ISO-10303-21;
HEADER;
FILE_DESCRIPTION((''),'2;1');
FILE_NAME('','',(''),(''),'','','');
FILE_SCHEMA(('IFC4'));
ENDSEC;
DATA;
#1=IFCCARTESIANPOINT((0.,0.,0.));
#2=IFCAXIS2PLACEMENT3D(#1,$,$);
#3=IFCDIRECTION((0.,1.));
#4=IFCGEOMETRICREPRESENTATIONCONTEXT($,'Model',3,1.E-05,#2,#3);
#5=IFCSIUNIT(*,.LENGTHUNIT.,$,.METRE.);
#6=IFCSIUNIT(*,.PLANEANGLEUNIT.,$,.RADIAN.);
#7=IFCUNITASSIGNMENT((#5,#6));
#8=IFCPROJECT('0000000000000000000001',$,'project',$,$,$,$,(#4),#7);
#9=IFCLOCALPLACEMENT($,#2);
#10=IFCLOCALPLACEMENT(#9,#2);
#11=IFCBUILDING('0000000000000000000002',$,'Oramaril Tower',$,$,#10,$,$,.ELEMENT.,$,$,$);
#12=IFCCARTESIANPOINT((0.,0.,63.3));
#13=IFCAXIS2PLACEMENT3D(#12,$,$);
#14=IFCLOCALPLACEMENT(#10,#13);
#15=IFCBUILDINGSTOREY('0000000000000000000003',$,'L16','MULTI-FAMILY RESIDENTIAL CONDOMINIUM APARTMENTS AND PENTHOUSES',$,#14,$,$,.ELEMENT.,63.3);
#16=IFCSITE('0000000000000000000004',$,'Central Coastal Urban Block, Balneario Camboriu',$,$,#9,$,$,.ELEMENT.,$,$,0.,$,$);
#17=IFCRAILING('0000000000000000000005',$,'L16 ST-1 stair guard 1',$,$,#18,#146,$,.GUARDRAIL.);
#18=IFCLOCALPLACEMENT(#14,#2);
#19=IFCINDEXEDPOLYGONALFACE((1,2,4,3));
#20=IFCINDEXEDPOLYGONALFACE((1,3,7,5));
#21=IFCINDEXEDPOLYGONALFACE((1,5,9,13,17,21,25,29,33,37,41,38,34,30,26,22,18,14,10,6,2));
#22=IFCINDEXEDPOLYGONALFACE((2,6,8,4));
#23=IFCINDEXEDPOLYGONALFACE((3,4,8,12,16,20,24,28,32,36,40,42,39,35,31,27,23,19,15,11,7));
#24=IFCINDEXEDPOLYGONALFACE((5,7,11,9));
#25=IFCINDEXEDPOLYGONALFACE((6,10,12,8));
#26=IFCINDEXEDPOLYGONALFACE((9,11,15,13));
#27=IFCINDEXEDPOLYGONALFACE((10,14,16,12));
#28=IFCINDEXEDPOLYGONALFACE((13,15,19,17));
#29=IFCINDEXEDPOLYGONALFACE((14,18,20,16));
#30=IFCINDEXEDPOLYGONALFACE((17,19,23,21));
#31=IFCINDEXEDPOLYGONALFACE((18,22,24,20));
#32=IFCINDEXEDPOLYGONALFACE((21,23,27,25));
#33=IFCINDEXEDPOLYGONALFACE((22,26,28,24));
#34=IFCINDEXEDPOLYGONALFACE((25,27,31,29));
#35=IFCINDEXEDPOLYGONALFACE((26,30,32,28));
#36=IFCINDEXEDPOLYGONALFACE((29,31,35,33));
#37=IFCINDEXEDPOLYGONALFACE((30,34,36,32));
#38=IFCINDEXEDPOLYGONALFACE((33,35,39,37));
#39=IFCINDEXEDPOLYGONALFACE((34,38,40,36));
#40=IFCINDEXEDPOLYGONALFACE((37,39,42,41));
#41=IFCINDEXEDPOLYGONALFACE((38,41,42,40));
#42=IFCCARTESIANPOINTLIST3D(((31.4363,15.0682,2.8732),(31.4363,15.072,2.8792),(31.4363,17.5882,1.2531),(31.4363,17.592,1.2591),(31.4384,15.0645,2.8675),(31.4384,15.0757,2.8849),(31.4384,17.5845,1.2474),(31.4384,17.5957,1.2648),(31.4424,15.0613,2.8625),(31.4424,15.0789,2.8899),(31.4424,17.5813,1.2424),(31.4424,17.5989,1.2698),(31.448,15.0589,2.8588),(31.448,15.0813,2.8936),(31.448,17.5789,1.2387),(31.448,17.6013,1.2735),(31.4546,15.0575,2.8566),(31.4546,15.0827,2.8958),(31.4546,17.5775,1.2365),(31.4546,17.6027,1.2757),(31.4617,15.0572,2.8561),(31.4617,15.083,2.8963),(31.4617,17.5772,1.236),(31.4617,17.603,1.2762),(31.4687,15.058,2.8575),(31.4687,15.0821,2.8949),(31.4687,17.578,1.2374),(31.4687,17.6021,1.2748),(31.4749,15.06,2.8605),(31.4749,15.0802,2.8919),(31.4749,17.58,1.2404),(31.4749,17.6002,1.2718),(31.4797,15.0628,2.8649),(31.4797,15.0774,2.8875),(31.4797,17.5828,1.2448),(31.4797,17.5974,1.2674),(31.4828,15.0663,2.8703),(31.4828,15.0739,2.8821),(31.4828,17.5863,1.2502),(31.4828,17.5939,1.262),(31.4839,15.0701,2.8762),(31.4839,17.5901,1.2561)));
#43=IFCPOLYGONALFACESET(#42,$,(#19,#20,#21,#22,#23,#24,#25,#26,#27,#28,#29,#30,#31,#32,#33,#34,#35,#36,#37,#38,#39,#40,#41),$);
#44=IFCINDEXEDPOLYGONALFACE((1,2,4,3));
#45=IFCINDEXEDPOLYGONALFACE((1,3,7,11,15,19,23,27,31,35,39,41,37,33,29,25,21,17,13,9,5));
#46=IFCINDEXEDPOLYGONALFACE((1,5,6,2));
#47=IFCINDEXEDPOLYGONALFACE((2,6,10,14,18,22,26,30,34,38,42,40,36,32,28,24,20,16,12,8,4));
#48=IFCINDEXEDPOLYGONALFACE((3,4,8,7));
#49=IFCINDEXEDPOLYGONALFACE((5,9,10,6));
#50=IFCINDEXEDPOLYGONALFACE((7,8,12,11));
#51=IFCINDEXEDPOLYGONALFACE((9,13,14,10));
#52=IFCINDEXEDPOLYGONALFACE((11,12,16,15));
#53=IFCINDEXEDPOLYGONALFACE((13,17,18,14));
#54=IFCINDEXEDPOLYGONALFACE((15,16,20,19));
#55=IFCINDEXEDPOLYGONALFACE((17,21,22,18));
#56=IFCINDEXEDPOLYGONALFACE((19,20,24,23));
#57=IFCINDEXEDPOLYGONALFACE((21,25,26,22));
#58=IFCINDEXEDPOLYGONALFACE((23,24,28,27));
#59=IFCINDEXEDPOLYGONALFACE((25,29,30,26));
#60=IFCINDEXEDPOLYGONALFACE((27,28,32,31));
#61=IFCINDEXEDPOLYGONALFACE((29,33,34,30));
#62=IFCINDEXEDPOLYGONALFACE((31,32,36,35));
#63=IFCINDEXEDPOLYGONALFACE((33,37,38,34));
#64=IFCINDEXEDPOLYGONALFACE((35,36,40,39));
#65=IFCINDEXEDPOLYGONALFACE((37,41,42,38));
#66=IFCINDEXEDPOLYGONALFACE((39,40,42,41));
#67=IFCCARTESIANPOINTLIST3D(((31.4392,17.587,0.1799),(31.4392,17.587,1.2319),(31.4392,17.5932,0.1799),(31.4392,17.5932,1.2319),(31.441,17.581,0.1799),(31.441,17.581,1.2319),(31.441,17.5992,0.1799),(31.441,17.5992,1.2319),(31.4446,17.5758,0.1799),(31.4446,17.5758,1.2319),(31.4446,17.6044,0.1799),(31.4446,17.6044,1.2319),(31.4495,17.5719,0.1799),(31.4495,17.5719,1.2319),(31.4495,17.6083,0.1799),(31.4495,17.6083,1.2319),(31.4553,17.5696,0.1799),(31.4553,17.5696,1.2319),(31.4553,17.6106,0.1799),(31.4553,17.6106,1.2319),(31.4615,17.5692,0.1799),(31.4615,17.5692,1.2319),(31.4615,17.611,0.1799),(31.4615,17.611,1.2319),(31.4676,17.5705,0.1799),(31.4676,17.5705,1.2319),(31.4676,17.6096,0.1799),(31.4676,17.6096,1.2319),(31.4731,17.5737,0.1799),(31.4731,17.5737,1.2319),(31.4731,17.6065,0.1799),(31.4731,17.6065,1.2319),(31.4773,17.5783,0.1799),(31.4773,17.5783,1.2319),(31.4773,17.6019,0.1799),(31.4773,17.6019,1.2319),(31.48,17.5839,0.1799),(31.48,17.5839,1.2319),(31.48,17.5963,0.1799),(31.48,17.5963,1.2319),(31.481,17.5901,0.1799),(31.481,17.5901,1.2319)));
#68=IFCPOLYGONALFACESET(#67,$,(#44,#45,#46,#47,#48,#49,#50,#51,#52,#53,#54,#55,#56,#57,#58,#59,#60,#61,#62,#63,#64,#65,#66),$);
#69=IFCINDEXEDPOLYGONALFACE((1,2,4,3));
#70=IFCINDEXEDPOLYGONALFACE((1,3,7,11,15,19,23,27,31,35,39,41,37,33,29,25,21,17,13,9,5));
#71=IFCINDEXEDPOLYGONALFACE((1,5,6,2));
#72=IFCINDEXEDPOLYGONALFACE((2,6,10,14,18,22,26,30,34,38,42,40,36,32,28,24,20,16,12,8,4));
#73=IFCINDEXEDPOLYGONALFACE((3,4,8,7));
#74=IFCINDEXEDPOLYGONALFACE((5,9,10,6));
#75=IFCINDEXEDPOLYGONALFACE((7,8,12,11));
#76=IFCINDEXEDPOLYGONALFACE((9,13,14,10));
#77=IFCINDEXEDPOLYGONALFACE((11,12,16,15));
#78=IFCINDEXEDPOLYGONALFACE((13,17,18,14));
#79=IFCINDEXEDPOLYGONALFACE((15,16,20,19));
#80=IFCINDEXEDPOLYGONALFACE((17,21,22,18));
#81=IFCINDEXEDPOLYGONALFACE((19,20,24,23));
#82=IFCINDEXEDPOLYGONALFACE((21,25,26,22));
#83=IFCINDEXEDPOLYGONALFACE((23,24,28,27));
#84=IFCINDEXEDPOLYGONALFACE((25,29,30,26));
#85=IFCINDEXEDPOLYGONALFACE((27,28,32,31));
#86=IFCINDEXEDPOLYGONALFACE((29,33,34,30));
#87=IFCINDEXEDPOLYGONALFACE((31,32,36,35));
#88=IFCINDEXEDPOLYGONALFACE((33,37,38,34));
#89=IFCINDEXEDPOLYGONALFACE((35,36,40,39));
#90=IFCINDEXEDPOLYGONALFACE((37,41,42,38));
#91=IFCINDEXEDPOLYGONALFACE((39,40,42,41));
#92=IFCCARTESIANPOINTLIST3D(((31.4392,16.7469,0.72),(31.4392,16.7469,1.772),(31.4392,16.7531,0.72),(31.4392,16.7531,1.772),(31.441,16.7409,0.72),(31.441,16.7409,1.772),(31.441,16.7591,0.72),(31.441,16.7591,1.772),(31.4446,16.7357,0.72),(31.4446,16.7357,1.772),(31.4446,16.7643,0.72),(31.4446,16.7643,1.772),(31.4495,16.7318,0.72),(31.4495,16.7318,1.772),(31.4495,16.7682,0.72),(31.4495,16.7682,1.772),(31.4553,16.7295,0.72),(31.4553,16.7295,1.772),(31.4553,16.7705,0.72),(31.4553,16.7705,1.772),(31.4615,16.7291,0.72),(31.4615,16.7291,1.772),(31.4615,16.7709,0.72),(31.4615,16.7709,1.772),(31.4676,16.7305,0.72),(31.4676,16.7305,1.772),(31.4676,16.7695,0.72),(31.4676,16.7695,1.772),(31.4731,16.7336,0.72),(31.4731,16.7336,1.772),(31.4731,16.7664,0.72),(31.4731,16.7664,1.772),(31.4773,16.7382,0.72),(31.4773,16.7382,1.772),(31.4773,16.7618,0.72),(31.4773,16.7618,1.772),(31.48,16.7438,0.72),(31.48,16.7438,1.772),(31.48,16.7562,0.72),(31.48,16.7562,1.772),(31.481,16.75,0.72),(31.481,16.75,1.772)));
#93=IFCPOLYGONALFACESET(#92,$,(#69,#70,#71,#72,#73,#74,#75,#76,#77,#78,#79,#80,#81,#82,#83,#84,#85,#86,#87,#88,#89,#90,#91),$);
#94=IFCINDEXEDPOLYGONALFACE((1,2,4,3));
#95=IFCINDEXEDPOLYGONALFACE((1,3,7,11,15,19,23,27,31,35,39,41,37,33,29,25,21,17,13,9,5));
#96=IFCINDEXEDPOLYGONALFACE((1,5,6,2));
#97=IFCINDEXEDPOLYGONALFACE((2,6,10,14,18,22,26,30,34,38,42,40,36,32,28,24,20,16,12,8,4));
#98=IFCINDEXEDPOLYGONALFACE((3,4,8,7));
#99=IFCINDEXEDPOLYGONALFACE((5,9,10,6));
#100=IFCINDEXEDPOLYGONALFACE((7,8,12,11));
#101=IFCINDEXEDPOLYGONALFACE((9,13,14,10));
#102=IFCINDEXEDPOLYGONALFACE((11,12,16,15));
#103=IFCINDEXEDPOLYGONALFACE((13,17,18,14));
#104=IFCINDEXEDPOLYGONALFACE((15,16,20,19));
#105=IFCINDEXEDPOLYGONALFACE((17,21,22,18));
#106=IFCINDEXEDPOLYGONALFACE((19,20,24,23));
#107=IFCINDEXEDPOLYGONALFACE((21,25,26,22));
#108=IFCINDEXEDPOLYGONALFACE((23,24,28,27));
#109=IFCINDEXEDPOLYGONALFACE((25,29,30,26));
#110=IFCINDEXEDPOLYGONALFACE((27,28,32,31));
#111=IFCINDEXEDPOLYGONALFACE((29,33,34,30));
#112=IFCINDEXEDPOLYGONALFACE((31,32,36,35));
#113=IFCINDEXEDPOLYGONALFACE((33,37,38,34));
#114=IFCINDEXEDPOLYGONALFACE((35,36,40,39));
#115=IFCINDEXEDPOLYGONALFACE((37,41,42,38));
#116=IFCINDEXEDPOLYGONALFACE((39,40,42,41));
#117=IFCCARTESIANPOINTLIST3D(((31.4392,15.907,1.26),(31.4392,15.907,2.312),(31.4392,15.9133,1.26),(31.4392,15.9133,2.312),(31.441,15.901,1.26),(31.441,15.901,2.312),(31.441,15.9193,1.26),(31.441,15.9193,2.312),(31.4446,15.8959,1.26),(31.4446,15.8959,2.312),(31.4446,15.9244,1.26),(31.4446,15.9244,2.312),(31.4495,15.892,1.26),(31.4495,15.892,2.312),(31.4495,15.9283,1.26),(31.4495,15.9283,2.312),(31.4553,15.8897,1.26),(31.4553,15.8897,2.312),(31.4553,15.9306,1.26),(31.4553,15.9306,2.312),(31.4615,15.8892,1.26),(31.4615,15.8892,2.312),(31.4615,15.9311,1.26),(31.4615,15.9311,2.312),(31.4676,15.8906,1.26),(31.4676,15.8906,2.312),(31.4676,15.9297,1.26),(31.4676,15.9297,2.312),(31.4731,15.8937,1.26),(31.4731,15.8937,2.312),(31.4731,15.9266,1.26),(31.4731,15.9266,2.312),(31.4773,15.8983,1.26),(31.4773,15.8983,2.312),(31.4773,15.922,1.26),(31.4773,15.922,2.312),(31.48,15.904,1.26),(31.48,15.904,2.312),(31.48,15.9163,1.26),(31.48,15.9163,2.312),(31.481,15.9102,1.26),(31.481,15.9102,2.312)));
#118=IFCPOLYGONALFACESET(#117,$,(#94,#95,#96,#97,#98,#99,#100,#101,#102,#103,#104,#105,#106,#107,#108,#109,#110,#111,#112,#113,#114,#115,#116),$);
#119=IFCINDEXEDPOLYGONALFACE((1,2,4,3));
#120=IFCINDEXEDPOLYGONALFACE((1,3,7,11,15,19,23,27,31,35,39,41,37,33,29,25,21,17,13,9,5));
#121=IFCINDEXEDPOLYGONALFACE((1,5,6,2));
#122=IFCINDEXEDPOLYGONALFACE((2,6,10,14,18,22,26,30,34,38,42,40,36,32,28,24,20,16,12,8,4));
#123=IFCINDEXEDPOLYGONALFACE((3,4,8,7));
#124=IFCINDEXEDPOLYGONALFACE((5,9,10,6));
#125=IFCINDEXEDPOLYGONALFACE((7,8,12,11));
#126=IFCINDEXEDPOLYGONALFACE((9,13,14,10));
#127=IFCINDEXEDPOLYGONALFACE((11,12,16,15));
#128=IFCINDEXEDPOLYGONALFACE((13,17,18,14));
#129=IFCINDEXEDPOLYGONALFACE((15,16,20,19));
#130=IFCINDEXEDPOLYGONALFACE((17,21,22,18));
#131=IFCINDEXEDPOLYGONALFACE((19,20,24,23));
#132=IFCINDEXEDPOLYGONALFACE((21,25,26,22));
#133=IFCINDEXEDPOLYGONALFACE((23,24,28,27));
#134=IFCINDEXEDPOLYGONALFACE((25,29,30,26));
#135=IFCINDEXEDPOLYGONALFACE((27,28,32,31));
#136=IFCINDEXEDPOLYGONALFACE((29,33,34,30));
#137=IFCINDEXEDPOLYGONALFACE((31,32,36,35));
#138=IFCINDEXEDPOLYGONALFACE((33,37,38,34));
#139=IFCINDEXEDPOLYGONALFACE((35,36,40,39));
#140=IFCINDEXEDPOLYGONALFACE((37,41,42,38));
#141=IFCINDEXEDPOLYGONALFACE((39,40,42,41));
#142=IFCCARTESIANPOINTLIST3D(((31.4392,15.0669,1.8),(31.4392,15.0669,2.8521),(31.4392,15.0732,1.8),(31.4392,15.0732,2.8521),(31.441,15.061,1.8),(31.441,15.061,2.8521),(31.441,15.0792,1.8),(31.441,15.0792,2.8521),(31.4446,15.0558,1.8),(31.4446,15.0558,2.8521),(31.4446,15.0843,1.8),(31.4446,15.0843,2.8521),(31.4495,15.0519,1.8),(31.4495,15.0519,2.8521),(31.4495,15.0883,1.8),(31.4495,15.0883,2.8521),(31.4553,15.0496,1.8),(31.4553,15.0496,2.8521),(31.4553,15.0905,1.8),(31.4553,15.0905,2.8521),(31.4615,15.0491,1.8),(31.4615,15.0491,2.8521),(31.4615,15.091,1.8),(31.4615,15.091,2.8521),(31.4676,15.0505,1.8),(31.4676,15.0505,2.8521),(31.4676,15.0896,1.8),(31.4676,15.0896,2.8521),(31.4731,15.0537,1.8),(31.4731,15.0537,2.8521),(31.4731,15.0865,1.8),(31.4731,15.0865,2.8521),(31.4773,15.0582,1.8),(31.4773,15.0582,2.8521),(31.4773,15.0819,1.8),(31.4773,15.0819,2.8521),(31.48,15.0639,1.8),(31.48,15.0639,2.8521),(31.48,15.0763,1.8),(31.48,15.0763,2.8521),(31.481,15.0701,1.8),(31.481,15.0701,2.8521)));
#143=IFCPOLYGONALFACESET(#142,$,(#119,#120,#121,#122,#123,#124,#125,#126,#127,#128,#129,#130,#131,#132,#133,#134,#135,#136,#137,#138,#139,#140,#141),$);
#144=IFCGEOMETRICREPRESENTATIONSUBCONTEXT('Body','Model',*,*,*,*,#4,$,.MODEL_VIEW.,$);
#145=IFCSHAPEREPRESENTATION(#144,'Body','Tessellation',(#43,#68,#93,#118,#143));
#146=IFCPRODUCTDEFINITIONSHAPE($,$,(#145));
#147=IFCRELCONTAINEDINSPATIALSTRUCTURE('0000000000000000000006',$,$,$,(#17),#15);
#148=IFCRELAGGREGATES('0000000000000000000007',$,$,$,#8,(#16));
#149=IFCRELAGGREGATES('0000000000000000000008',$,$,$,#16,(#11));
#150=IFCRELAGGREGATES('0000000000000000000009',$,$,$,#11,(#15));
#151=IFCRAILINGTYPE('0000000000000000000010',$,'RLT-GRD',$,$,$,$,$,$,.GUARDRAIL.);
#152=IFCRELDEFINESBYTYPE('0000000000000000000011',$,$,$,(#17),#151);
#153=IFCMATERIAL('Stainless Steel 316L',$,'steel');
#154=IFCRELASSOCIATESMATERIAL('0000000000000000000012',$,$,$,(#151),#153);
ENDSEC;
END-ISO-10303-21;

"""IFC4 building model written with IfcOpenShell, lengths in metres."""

from ifc_helpers import new_model, si_unit, direction, frame, origin, origin_2d, place, context, subcontext, project, spatial, circle, extrude, material, type_object, element, save


model = new_model("IFC4")

# Units and contexts
model_context = context("Model", 3, precision=1e-05, world=origin(), true_north=direction((0.0, 1.0)))
body_context = subcontext(model_context, "Body", "Model", "MODEL_VIEW")
ifc_project = project(units=[si_unit("LENGTHUNIT", "METRE"), si_unit("PLANEANGLEUNIT", "RADIAN")], contexts=[model_context])

# Site, building, storey
site_placement = place(None, origin())
site = spatial("IfcSite", under=ifc_project, at=site_placement, Name="Central Coastal Urban Block, Balneario Camboriu", CompositionType="ELEMENT", RefElevation=0.0)
building_placement = place(site_placement, origin())
building = spatial("IfcBuilding", under=site, at=building_placement, Name="Oramaril Tower", CompositionType="ELEMENT")
storey_placement = place(building_placement, frame((0.0, 0.0, 63.3)))
storey = spatial("IfcBuildingStorey", under=building, at=storey_placement, Name="L16", Description="MULTI-FAMILY RESIDENTIAL CONDOMINIUM APARTMENTS AND PENTHOUSES", CompositionType="ELEMENT", Elevation=63.3)

# Railing
ifc_material_1 = material(Name="Stainless Steel 316L", Category="steel")
railing_type_1 = type_object("IfcRailingType", Name="RLT-GRD", PredefinedType="GUARDRAIL", material=ifc_material_1)
railing_1_placement = place(storey_placement, frame((31.46, 17.5901, 0.1799)))
element("IfcRailing", 1, at=railing_1_placement, inside=storey, type_object=railing_type_1, Name="L16 ST-1 stair guard 1", PredefinedType="GUARDRAIL", context=body_context, shape_type="SweptSolid", body=[
    extrude(circle(Radius=0.0239, at=origin_2d()), frame((0.0, 0.0, 1.0762), z_axis=(0.0, -0.841163, 0.540782), x_axis=(1.0, 0.0, 0.0)), (0.0, 0.0, 1.0), 2.9958),
    extrude(circle(Radius=0.021, at=origin_2d()), origin(), (0.0, 0.0, 1.0), 1.052),
    extrude(circle(Radius=0.021, at=origin_2d()), frame((0.0, -0.8401, 0.54)), (0.0, 0.0, 1.0), 1.052),
    extrude(circle(Radius=0.021, at=origin_2d()), frame((0.0, -1.6799, 1.0801)), (0.0, 0.0, 1.0), 1.052),
    extrude(circle(Radius=0.021, at=origin_2d()), frame((0.0, -2.52, 1.6201)), (0.0, 0.0, 1.0), 1.052),
])

save(model, "model.ifc")
